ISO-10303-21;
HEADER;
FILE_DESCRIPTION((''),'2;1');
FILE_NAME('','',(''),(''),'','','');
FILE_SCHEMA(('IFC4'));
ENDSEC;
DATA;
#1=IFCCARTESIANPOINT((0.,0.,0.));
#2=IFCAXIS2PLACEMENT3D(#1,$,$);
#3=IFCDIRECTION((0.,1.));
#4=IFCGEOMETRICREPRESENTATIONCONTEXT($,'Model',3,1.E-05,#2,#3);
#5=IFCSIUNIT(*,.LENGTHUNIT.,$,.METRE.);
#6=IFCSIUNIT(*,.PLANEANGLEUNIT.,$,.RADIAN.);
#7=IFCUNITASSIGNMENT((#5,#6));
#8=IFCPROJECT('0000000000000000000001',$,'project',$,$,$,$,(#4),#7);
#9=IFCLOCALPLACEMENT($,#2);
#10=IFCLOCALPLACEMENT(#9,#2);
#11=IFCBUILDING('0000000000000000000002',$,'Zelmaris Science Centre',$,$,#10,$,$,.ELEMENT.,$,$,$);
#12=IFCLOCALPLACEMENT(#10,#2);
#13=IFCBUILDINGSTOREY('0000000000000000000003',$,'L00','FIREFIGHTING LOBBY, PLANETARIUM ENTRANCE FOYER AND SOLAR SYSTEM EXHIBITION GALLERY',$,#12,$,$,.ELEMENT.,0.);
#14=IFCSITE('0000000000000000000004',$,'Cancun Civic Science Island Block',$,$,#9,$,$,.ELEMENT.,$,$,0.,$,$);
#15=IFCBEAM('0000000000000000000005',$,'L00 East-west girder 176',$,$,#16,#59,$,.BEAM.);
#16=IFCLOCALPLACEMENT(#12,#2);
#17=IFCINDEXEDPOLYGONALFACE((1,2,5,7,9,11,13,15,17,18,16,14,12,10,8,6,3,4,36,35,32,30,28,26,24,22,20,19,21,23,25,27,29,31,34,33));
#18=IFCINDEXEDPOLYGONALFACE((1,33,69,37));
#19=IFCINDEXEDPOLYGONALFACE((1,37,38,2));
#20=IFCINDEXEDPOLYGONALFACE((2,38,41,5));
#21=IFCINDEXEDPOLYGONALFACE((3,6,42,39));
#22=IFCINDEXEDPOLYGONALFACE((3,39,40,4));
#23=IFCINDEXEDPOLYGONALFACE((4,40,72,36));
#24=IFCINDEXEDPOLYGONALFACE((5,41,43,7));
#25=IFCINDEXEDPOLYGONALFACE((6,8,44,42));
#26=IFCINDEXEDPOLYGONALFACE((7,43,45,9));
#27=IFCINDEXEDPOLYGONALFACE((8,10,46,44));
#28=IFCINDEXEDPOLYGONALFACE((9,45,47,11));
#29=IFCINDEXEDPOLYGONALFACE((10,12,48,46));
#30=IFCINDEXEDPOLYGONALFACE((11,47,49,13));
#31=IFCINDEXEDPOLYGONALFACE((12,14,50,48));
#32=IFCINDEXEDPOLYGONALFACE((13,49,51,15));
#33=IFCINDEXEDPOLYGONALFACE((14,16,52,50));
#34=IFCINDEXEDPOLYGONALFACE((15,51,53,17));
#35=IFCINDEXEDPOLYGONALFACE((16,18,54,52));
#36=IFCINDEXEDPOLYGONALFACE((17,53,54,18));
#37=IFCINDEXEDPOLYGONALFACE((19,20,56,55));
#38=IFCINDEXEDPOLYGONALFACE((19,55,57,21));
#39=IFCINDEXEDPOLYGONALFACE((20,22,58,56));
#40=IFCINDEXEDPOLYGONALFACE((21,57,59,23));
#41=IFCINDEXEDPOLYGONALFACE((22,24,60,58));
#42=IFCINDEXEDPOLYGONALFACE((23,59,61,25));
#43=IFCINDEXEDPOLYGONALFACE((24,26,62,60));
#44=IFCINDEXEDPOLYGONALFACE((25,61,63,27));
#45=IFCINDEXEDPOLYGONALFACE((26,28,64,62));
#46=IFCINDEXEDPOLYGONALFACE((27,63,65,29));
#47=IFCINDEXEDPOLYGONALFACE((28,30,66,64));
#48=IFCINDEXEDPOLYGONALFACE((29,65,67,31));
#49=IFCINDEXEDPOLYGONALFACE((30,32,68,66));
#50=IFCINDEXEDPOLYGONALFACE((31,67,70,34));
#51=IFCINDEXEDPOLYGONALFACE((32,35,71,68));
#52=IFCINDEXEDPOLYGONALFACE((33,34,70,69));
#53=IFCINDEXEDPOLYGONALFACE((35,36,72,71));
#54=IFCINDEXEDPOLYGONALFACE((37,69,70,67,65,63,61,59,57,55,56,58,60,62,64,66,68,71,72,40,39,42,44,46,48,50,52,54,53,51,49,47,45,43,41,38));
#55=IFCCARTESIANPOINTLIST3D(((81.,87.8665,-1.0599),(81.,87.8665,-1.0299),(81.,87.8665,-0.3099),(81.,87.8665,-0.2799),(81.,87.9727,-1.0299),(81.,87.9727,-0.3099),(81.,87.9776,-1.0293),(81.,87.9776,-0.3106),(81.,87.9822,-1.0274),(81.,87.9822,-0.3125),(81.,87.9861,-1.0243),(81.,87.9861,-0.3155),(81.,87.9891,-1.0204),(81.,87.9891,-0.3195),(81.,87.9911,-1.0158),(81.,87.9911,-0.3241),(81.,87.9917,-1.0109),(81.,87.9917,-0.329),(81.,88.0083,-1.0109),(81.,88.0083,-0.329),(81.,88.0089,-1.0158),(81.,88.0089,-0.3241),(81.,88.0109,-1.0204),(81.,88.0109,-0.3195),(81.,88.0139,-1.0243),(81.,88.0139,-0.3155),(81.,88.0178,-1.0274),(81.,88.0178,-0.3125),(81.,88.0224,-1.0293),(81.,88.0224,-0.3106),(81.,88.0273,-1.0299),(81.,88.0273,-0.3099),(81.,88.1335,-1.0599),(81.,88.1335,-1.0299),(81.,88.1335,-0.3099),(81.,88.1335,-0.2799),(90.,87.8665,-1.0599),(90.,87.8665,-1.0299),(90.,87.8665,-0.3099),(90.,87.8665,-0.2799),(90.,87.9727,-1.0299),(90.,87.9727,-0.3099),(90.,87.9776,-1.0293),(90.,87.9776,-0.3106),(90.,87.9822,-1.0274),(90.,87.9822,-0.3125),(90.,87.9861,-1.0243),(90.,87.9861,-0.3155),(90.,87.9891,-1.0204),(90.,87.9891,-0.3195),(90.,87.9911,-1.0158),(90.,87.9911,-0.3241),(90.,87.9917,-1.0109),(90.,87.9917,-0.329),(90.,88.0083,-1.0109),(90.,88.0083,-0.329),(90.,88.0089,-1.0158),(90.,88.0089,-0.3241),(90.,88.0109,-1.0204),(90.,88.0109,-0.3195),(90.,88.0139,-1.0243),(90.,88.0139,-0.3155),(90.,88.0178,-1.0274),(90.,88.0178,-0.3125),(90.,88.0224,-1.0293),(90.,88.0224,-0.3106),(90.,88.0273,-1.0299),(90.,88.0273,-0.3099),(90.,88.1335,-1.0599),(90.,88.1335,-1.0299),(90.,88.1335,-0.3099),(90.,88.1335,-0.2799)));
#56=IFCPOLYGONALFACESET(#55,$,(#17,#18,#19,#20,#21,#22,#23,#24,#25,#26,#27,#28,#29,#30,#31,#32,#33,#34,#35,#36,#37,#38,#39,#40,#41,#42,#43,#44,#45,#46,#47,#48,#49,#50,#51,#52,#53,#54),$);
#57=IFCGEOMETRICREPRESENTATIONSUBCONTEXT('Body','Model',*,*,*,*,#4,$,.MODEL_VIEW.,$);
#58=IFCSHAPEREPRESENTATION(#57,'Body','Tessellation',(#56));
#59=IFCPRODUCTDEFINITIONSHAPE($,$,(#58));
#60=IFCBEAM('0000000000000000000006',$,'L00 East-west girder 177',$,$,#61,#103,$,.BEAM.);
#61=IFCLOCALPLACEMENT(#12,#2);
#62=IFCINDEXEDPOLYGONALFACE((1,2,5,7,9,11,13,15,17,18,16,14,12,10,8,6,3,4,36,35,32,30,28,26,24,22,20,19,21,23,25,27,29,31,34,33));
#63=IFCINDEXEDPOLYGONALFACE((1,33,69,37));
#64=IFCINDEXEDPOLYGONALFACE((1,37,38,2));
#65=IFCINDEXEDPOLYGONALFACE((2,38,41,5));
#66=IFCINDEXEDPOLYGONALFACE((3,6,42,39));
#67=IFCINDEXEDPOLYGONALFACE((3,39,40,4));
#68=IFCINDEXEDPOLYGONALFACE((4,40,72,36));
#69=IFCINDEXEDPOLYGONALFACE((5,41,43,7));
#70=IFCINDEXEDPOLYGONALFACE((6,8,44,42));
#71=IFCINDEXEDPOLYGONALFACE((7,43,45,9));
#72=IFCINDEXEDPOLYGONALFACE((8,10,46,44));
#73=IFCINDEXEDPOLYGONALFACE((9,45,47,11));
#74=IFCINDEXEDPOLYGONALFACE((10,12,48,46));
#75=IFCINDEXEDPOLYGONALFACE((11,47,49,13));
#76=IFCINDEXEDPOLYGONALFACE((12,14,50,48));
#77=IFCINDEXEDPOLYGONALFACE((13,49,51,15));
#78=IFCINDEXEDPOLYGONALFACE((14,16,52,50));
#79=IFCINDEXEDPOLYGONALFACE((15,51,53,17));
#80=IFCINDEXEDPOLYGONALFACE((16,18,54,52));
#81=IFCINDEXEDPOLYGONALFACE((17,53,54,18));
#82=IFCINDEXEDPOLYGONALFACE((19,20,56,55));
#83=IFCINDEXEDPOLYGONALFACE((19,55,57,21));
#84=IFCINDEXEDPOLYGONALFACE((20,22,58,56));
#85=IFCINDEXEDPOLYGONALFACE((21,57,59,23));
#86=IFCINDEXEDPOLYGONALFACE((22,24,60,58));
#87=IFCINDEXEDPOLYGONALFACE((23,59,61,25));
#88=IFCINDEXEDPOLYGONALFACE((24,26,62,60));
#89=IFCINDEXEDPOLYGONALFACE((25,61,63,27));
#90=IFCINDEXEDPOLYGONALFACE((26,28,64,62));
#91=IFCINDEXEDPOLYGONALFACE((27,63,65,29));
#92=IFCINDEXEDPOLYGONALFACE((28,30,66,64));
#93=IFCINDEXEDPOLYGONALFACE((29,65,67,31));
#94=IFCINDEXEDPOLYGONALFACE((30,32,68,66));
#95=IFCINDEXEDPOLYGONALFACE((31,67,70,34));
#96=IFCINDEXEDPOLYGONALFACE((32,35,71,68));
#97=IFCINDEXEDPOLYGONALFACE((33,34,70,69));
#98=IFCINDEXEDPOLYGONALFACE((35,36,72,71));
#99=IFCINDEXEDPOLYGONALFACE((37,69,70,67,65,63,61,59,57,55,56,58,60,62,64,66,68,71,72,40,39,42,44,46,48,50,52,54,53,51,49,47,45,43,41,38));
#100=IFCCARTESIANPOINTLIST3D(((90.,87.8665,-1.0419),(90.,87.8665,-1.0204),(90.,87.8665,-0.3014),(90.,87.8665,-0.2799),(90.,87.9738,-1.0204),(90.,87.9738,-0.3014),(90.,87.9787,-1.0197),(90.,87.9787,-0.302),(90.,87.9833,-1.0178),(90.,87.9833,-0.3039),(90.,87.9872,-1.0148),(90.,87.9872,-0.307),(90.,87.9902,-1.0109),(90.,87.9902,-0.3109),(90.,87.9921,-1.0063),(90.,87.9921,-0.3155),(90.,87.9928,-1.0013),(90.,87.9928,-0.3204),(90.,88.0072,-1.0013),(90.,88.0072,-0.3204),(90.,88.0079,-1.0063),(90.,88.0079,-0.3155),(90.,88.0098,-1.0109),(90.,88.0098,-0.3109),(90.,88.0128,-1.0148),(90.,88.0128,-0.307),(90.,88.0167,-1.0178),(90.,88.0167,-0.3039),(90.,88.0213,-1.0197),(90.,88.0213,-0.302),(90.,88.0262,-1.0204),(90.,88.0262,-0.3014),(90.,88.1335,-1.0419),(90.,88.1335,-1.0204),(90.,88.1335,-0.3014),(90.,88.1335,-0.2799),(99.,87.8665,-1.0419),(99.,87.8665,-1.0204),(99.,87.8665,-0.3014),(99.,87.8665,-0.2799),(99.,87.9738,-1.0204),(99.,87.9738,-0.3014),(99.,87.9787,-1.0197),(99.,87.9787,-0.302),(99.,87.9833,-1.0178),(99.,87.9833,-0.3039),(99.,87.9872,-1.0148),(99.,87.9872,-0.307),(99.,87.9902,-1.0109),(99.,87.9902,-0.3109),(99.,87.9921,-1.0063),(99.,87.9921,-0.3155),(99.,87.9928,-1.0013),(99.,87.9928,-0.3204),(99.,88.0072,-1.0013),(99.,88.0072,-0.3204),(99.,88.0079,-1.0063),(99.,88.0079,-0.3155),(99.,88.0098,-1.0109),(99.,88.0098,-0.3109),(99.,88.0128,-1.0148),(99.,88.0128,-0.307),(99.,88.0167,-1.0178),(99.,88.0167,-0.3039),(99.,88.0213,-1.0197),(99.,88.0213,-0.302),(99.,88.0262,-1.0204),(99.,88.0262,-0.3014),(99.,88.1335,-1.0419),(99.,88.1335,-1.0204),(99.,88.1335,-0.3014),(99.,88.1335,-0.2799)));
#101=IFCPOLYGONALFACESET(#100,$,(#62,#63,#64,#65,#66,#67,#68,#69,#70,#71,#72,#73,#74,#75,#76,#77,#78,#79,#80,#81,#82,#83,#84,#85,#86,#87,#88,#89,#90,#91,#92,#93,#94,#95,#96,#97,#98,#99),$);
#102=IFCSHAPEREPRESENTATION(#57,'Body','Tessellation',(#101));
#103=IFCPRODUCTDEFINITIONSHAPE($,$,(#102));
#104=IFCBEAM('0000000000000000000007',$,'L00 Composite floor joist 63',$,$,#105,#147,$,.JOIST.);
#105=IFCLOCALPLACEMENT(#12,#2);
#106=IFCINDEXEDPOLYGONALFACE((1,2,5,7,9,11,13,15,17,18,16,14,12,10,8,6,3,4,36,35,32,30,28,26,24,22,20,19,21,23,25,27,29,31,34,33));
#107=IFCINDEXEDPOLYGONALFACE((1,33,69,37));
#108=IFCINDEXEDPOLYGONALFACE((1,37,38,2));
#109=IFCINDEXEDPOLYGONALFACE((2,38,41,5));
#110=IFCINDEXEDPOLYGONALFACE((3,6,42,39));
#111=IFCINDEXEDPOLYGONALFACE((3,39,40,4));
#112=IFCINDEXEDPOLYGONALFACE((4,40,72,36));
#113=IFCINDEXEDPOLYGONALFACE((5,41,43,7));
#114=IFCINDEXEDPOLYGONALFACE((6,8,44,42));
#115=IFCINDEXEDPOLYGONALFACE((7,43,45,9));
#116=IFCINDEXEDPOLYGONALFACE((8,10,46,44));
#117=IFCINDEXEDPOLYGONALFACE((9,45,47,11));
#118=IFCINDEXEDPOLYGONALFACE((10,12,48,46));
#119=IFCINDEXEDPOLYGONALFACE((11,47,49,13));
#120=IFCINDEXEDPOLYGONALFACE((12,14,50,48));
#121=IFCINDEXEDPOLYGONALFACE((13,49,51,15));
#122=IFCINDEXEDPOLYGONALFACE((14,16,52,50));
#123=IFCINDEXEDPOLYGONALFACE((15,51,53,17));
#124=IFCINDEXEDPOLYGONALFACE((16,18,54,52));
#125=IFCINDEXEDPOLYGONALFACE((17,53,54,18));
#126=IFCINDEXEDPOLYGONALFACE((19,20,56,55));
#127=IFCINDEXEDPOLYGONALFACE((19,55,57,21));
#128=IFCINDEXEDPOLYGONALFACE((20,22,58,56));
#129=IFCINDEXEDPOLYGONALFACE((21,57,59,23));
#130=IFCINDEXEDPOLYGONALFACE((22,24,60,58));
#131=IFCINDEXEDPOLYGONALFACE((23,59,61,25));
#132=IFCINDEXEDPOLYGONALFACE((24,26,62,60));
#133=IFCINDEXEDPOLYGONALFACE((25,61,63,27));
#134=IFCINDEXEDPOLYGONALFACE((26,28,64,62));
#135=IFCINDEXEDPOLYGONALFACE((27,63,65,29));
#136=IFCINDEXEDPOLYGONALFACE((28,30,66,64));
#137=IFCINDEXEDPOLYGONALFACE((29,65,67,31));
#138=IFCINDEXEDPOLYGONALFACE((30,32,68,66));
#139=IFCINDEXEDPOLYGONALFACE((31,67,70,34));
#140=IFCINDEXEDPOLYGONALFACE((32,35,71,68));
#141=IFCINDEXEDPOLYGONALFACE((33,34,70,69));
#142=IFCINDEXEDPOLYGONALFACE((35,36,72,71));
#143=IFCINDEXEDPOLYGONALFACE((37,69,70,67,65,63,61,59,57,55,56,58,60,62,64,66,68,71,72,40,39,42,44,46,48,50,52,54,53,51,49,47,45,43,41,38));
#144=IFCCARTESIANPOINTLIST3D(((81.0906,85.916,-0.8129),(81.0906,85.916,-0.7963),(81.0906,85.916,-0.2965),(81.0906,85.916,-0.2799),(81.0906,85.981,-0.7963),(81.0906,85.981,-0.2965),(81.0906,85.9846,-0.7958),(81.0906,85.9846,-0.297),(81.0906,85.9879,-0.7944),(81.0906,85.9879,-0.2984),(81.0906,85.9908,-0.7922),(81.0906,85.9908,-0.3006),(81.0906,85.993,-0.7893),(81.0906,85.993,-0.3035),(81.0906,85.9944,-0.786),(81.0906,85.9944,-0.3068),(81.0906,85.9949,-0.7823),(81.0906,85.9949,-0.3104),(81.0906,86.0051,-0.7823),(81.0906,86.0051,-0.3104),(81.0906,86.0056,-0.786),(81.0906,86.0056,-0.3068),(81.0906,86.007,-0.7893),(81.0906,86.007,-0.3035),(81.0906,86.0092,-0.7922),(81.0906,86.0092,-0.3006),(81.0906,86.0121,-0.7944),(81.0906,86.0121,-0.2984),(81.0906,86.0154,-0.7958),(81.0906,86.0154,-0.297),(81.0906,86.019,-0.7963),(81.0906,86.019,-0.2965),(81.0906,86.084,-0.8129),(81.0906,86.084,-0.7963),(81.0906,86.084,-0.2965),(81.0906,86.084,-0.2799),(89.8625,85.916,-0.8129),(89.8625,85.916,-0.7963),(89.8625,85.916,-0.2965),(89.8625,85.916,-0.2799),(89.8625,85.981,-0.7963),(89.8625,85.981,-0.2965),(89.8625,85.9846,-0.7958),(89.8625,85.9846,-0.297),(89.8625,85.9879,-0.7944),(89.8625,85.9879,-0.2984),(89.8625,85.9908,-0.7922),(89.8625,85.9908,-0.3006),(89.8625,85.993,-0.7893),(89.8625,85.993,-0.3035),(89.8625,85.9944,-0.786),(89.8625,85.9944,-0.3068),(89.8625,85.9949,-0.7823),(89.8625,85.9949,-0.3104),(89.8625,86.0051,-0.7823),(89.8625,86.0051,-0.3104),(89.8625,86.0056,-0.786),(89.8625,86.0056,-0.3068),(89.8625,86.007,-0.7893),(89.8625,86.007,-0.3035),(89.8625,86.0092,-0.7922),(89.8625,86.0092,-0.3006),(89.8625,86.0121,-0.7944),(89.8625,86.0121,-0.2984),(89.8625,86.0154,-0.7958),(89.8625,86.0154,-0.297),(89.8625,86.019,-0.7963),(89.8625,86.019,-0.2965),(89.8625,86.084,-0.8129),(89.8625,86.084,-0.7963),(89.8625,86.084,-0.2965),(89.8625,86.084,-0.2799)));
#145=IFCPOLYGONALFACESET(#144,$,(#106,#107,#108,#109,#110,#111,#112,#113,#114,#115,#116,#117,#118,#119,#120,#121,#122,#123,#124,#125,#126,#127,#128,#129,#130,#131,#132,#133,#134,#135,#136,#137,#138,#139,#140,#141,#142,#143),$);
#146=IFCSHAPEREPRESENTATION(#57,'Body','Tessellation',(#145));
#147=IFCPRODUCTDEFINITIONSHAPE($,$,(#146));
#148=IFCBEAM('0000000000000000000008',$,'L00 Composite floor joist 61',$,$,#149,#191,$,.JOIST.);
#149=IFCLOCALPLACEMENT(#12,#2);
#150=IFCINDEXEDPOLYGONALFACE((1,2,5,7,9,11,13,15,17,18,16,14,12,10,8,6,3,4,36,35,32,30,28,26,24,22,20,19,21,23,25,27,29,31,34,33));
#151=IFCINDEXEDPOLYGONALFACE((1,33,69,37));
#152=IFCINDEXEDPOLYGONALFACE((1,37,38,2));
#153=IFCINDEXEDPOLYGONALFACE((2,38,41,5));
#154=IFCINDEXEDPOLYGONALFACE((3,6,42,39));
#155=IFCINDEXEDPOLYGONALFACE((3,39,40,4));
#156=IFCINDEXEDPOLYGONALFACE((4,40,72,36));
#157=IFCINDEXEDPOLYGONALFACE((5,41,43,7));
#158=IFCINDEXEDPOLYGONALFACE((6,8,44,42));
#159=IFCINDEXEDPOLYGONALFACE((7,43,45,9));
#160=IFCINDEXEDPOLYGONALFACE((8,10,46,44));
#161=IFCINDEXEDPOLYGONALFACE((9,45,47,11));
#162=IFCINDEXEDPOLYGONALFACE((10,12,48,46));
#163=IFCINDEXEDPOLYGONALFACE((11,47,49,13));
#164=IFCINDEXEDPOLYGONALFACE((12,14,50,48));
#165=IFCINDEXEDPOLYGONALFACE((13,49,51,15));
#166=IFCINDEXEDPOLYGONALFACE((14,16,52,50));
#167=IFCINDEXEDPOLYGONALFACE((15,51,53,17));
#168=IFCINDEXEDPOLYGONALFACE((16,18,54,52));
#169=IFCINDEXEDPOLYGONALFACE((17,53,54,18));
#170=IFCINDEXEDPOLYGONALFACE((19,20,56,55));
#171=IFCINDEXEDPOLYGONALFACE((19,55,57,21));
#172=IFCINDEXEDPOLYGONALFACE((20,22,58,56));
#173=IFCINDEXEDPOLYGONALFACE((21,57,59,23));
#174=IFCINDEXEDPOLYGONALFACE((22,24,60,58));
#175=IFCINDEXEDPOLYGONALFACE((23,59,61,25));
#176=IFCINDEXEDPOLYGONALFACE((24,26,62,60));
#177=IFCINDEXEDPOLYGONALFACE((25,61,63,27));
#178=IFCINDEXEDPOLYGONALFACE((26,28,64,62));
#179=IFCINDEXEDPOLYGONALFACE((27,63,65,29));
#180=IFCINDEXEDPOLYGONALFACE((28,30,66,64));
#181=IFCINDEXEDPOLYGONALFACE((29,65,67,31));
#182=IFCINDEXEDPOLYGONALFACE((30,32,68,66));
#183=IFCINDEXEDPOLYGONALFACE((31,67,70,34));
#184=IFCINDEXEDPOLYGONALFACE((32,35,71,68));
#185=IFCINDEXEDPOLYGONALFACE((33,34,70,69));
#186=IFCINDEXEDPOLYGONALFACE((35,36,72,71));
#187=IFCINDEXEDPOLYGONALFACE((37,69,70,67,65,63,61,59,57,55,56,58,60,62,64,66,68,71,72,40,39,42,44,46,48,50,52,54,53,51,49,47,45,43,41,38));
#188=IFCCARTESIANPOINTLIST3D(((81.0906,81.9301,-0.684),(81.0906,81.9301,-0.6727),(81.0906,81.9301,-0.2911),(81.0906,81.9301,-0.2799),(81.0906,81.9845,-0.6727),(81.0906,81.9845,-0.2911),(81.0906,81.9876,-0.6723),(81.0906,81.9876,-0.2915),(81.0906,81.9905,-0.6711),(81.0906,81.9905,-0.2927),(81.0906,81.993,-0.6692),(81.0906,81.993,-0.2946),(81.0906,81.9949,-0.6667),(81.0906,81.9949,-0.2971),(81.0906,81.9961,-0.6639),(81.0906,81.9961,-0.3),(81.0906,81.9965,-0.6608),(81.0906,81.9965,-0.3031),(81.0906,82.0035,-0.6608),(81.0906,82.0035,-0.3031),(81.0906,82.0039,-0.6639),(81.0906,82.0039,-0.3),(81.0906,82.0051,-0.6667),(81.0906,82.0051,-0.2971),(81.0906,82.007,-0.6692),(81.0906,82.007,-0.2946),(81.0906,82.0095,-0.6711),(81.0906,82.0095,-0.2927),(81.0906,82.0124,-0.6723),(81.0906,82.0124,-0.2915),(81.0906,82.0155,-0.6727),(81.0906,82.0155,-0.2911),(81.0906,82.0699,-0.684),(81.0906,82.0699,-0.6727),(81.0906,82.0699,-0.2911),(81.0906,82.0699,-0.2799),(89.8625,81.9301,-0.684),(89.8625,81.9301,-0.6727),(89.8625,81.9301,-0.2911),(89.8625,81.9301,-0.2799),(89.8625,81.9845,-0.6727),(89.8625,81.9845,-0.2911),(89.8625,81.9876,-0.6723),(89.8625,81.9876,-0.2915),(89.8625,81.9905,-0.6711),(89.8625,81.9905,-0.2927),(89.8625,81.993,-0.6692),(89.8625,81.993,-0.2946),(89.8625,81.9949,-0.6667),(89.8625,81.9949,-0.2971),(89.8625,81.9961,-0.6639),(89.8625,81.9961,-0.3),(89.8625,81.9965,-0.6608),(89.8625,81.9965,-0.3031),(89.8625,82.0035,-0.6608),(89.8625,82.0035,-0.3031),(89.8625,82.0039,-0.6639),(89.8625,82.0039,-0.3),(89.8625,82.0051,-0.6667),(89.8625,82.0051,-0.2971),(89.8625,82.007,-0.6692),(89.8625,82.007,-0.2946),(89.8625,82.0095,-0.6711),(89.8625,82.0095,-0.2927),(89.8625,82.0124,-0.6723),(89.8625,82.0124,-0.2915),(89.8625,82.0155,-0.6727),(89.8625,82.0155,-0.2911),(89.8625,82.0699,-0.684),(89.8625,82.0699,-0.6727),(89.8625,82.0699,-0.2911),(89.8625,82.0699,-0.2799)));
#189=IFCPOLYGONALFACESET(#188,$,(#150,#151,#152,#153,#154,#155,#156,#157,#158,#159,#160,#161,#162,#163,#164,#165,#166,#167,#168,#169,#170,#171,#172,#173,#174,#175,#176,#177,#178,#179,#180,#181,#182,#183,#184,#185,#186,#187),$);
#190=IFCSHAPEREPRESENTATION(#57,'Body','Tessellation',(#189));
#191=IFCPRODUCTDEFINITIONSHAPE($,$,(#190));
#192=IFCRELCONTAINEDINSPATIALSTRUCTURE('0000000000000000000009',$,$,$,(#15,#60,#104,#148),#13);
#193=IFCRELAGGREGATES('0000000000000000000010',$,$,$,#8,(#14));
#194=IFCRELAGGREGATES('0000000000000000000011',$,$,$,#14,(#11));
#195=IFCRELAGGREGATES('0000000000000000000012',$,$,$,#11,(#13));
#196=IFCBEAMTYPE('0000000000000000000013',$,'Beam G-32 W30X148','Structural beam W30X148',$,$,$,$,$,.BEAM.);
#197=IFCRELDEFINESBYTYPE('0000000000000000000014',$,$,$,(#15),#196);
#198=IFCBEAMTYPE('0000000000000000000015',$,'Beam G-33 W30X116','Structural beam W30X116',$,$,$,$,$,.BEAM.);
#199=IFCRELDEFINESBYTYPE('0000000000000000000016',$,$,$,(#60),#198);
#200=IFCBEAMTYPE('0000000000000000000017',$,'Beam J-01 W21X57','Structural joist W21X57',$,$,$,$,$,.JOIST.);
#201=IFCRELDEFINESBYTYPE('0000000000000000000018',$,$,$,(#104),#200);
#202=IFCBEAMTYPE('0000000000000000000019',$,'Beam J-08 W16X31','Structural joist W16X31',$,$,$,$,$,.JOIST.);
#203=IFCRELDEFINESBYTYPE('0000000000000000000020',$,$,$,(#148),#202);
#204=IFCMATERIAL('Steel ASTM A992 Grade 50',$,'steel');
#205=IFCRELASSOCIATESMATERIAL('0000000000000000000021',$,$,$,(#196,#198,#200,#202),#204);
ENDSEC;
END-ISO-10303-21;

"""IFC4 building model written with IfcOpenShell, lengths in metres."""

from ifc_helpers import new_model, si_unit, direction, frame, origin, origin_2d, place, context, subcontext, project, spatial, i_section, extrude, material, material_profile, profile_set, type_object, element, save


model = new_model("IFC4")

# Units and contexts
model_context = context("Model", 3, precision=1e-05, world=origin(), true_north=direction((0.0, 1.0)))
body_context = subcontext(model_context, "Body", "Model", "MODEL_VIEW")
ifc_project = project(units=[si_unit("LENGTHUNIT", "METRE"), si_unit("PLANEANGLEUNIT", "RADIAN")], contexts=[model_context])

# Site, building, storey
site_placement = place(None, origin())
site = spatial("IfcSite", under=ifc_project, at=site_placement, Name="Cancun Civic Science Island Block", CompositionType="ELEMENT", RefElevation=0.0)
building_placement = place(site_placement, origin())
building = spatial("IfcBuilding", under=site, at=building_placement, Name="Zelmaris Science Centre", CompositionType="ELEMENT")
storey_placement = place(building_placement, origin())
storey = spatial("IfcBuildingStorey", under=building, at=storey_placement, Name="L00", Description="FIREFIGHTING LOBBY, PLANETARIUM ENTRANCE FOYER AND SOLAR SYSTEM EXHIBITION GALLERY", CompositionType="ELEMENT", Elevation=0.0)

# Shared definitions
ifc_material_1 = material(Name="Steel ASTM A992 Grade 50", Category="steel")

# Beams
ifc_material_profile_1 = material_profile(ifc_material_1, i_section(OverallWidth=0.2671, OverallDepth=0.78, WebThickness=0.0166, FlangeThickness=0.03, FilletRadius=0.019, at=origin_2d()), Name="W30X148")
ifc_profile_set_1 = profile_set([ifc_material_profile_1], Name="Steel ASTM A992 Grade 50")
beam_type_1 = type_object("IfcBeamType", Name="Beam G-32 W30X148", Description="Structural beam W30X148", PredefinedType="BEAM", material=ifc_profile_set_1)
beam_1_placement = place(storey_placement, frame((81.0, 88.0, -0.6699), z_axis=(1.0, 0.0, 0.0), x_axis=(0.0, 1.0, 0.0)))
element("IfcBeam", 1, at=beam_1_placement, inside=storey, type_object=beam_type_1, Name="L00 East-west girder 176", PredefinedType="BEAM", context=body_context, shape_type="SweptSolid", body=[
    extrude(i_section(OverallWidth=0.2671, OverallDepth=0.78, WebThickness=0.0166, FlangeThickness=0.03, FilletRadius=0.019, at=origin_2d()), origin(), (0.0, 0.0, 1.0), 9.0),
])
ifc_material_profile_2 = material_profile(ifc_material_1, i_section(OverallWidth=0.2671, OverallDepth=0.762, WebThickness=0.0144, FlangeThickness=0.0215, FilletRadius=0.019, at=origin_2d()), Name="W30X116")
ifc_profile_set_2 = profile_set([ifc_material_profile_2], Name="Steel ASTM A992 Grade 50")
beam_type_2 = type_object("IfcBeamType", Name="Beam G-33 W30X116", Description="Structural beam W30X116", PredefinedType="BEAM", material=ifc_profile_set_2)
beam_2_placement = place(storey_placement, frame((90.0, 88.0, -0.6609), z_axis=(1.0, 0.0, 0.0), x_axis=(0.0, 1.0, 0.0)))
element("IfcBeam", 2, at=beam_2_placement, inside=storey, type_object=beam_type_2, Name="L00 East-west girder 177", PredefinedType="BEAM", context=body_context, shape_type="SweptSolid", body=[
    extrude(i_section(OverallWidth=0.2671, OverallDepth=0.762, WebThickness=0.0144, FlangeThickness=0.0215, FilletRadius=0.019, at=origin_2d()), origin(), (0.0, 0.0, 1.0), 9.0),
])
ifc_material_profile_3 = material_profile(ifc_material_1, i_section(OverallWidth=0.168, OverallDepth=0.533, WebThickness=0.0103, FlangeThickness=0.0166, FilletRadius=0.0139, at=origin_2d()), Name="W21X57")
ifc_profile_set_3 = profile_set([ifc_material_profile_3], Name="Steel ASTM A992 Grade 50")
beam_type_3 = type_object("IfcBeamType", Name="Beam J-01 W21X57", Description="Structural joist W21X57", PredefinedType="JOIST", material=ifc_profile_set_3)
beam_3_placement = place(storey_placement, frame((81.0906, 86.0, -0.5464), z_axis=(1.0, 0.0, 0.0), x_axis=(0.0, 1.0, 0.0)))
element("IfcBeam", 3, at=beam_3_placement, inside=storey, type_object=beam_type_3, Name="L00 Composite floor joist 63", PredefinedType="JOIST", context=body_context, shape_type="SweptSolid", body=[
    extrude(i_section(OverallWidth=0.168, OverallDepth=0.533, WebThickness=0.0103, FlangeThickness=0.0166, FilletRadius=0.0139, at=origin_2d()), origin(), (0.0, 0.0, 1.0), 8.772),
])
ifc_material_profile_4 = material_profile(ifc_material_1, i_section(OverallWidth=0.1399, OverallDepth=0.4041, WebThickness=0.0071, FlangeThickness=0.0112, FilletRadius=0.012, at=origin_2d()), Name="W16X31")
ifc_profile_set_4 = profile_set([ifc_material_profile_4], Name="Steel ASTM A992 Grade 50")
beam_type_4 = type_object("IfcBeamType", Name="Beam J-08 W16X31", Description="Structural joist W16X31", PredefinedType="JOIST", material=ifc_profile_set_4)
beam_4_placement = place(storey_placement, frame((81.0906, 82.0, -0.4819), z_axis=(1.0, 0.0, 0.0), x_axis=(0.0, 1.0, 0.0)))
element("IfcBeam", 4, at=beam_4_placement, inside=storey, type_object=beam_type_4, Name="L00 Composite floor joist 61", PredefinedType="JOIST", context=body_context, shape_type="SweptSolid", body=[
    extrude(i_section(OverallWidth=0.1399, OverallDepth=0.4041, WebThickness=0.0071, FlangeThickness=0.0112, FilletRadius=0.012, at=origin_2d()), origin(), (0.0, 0.0, 1.0), 8.772),
])

save(model, "model.ifc")
